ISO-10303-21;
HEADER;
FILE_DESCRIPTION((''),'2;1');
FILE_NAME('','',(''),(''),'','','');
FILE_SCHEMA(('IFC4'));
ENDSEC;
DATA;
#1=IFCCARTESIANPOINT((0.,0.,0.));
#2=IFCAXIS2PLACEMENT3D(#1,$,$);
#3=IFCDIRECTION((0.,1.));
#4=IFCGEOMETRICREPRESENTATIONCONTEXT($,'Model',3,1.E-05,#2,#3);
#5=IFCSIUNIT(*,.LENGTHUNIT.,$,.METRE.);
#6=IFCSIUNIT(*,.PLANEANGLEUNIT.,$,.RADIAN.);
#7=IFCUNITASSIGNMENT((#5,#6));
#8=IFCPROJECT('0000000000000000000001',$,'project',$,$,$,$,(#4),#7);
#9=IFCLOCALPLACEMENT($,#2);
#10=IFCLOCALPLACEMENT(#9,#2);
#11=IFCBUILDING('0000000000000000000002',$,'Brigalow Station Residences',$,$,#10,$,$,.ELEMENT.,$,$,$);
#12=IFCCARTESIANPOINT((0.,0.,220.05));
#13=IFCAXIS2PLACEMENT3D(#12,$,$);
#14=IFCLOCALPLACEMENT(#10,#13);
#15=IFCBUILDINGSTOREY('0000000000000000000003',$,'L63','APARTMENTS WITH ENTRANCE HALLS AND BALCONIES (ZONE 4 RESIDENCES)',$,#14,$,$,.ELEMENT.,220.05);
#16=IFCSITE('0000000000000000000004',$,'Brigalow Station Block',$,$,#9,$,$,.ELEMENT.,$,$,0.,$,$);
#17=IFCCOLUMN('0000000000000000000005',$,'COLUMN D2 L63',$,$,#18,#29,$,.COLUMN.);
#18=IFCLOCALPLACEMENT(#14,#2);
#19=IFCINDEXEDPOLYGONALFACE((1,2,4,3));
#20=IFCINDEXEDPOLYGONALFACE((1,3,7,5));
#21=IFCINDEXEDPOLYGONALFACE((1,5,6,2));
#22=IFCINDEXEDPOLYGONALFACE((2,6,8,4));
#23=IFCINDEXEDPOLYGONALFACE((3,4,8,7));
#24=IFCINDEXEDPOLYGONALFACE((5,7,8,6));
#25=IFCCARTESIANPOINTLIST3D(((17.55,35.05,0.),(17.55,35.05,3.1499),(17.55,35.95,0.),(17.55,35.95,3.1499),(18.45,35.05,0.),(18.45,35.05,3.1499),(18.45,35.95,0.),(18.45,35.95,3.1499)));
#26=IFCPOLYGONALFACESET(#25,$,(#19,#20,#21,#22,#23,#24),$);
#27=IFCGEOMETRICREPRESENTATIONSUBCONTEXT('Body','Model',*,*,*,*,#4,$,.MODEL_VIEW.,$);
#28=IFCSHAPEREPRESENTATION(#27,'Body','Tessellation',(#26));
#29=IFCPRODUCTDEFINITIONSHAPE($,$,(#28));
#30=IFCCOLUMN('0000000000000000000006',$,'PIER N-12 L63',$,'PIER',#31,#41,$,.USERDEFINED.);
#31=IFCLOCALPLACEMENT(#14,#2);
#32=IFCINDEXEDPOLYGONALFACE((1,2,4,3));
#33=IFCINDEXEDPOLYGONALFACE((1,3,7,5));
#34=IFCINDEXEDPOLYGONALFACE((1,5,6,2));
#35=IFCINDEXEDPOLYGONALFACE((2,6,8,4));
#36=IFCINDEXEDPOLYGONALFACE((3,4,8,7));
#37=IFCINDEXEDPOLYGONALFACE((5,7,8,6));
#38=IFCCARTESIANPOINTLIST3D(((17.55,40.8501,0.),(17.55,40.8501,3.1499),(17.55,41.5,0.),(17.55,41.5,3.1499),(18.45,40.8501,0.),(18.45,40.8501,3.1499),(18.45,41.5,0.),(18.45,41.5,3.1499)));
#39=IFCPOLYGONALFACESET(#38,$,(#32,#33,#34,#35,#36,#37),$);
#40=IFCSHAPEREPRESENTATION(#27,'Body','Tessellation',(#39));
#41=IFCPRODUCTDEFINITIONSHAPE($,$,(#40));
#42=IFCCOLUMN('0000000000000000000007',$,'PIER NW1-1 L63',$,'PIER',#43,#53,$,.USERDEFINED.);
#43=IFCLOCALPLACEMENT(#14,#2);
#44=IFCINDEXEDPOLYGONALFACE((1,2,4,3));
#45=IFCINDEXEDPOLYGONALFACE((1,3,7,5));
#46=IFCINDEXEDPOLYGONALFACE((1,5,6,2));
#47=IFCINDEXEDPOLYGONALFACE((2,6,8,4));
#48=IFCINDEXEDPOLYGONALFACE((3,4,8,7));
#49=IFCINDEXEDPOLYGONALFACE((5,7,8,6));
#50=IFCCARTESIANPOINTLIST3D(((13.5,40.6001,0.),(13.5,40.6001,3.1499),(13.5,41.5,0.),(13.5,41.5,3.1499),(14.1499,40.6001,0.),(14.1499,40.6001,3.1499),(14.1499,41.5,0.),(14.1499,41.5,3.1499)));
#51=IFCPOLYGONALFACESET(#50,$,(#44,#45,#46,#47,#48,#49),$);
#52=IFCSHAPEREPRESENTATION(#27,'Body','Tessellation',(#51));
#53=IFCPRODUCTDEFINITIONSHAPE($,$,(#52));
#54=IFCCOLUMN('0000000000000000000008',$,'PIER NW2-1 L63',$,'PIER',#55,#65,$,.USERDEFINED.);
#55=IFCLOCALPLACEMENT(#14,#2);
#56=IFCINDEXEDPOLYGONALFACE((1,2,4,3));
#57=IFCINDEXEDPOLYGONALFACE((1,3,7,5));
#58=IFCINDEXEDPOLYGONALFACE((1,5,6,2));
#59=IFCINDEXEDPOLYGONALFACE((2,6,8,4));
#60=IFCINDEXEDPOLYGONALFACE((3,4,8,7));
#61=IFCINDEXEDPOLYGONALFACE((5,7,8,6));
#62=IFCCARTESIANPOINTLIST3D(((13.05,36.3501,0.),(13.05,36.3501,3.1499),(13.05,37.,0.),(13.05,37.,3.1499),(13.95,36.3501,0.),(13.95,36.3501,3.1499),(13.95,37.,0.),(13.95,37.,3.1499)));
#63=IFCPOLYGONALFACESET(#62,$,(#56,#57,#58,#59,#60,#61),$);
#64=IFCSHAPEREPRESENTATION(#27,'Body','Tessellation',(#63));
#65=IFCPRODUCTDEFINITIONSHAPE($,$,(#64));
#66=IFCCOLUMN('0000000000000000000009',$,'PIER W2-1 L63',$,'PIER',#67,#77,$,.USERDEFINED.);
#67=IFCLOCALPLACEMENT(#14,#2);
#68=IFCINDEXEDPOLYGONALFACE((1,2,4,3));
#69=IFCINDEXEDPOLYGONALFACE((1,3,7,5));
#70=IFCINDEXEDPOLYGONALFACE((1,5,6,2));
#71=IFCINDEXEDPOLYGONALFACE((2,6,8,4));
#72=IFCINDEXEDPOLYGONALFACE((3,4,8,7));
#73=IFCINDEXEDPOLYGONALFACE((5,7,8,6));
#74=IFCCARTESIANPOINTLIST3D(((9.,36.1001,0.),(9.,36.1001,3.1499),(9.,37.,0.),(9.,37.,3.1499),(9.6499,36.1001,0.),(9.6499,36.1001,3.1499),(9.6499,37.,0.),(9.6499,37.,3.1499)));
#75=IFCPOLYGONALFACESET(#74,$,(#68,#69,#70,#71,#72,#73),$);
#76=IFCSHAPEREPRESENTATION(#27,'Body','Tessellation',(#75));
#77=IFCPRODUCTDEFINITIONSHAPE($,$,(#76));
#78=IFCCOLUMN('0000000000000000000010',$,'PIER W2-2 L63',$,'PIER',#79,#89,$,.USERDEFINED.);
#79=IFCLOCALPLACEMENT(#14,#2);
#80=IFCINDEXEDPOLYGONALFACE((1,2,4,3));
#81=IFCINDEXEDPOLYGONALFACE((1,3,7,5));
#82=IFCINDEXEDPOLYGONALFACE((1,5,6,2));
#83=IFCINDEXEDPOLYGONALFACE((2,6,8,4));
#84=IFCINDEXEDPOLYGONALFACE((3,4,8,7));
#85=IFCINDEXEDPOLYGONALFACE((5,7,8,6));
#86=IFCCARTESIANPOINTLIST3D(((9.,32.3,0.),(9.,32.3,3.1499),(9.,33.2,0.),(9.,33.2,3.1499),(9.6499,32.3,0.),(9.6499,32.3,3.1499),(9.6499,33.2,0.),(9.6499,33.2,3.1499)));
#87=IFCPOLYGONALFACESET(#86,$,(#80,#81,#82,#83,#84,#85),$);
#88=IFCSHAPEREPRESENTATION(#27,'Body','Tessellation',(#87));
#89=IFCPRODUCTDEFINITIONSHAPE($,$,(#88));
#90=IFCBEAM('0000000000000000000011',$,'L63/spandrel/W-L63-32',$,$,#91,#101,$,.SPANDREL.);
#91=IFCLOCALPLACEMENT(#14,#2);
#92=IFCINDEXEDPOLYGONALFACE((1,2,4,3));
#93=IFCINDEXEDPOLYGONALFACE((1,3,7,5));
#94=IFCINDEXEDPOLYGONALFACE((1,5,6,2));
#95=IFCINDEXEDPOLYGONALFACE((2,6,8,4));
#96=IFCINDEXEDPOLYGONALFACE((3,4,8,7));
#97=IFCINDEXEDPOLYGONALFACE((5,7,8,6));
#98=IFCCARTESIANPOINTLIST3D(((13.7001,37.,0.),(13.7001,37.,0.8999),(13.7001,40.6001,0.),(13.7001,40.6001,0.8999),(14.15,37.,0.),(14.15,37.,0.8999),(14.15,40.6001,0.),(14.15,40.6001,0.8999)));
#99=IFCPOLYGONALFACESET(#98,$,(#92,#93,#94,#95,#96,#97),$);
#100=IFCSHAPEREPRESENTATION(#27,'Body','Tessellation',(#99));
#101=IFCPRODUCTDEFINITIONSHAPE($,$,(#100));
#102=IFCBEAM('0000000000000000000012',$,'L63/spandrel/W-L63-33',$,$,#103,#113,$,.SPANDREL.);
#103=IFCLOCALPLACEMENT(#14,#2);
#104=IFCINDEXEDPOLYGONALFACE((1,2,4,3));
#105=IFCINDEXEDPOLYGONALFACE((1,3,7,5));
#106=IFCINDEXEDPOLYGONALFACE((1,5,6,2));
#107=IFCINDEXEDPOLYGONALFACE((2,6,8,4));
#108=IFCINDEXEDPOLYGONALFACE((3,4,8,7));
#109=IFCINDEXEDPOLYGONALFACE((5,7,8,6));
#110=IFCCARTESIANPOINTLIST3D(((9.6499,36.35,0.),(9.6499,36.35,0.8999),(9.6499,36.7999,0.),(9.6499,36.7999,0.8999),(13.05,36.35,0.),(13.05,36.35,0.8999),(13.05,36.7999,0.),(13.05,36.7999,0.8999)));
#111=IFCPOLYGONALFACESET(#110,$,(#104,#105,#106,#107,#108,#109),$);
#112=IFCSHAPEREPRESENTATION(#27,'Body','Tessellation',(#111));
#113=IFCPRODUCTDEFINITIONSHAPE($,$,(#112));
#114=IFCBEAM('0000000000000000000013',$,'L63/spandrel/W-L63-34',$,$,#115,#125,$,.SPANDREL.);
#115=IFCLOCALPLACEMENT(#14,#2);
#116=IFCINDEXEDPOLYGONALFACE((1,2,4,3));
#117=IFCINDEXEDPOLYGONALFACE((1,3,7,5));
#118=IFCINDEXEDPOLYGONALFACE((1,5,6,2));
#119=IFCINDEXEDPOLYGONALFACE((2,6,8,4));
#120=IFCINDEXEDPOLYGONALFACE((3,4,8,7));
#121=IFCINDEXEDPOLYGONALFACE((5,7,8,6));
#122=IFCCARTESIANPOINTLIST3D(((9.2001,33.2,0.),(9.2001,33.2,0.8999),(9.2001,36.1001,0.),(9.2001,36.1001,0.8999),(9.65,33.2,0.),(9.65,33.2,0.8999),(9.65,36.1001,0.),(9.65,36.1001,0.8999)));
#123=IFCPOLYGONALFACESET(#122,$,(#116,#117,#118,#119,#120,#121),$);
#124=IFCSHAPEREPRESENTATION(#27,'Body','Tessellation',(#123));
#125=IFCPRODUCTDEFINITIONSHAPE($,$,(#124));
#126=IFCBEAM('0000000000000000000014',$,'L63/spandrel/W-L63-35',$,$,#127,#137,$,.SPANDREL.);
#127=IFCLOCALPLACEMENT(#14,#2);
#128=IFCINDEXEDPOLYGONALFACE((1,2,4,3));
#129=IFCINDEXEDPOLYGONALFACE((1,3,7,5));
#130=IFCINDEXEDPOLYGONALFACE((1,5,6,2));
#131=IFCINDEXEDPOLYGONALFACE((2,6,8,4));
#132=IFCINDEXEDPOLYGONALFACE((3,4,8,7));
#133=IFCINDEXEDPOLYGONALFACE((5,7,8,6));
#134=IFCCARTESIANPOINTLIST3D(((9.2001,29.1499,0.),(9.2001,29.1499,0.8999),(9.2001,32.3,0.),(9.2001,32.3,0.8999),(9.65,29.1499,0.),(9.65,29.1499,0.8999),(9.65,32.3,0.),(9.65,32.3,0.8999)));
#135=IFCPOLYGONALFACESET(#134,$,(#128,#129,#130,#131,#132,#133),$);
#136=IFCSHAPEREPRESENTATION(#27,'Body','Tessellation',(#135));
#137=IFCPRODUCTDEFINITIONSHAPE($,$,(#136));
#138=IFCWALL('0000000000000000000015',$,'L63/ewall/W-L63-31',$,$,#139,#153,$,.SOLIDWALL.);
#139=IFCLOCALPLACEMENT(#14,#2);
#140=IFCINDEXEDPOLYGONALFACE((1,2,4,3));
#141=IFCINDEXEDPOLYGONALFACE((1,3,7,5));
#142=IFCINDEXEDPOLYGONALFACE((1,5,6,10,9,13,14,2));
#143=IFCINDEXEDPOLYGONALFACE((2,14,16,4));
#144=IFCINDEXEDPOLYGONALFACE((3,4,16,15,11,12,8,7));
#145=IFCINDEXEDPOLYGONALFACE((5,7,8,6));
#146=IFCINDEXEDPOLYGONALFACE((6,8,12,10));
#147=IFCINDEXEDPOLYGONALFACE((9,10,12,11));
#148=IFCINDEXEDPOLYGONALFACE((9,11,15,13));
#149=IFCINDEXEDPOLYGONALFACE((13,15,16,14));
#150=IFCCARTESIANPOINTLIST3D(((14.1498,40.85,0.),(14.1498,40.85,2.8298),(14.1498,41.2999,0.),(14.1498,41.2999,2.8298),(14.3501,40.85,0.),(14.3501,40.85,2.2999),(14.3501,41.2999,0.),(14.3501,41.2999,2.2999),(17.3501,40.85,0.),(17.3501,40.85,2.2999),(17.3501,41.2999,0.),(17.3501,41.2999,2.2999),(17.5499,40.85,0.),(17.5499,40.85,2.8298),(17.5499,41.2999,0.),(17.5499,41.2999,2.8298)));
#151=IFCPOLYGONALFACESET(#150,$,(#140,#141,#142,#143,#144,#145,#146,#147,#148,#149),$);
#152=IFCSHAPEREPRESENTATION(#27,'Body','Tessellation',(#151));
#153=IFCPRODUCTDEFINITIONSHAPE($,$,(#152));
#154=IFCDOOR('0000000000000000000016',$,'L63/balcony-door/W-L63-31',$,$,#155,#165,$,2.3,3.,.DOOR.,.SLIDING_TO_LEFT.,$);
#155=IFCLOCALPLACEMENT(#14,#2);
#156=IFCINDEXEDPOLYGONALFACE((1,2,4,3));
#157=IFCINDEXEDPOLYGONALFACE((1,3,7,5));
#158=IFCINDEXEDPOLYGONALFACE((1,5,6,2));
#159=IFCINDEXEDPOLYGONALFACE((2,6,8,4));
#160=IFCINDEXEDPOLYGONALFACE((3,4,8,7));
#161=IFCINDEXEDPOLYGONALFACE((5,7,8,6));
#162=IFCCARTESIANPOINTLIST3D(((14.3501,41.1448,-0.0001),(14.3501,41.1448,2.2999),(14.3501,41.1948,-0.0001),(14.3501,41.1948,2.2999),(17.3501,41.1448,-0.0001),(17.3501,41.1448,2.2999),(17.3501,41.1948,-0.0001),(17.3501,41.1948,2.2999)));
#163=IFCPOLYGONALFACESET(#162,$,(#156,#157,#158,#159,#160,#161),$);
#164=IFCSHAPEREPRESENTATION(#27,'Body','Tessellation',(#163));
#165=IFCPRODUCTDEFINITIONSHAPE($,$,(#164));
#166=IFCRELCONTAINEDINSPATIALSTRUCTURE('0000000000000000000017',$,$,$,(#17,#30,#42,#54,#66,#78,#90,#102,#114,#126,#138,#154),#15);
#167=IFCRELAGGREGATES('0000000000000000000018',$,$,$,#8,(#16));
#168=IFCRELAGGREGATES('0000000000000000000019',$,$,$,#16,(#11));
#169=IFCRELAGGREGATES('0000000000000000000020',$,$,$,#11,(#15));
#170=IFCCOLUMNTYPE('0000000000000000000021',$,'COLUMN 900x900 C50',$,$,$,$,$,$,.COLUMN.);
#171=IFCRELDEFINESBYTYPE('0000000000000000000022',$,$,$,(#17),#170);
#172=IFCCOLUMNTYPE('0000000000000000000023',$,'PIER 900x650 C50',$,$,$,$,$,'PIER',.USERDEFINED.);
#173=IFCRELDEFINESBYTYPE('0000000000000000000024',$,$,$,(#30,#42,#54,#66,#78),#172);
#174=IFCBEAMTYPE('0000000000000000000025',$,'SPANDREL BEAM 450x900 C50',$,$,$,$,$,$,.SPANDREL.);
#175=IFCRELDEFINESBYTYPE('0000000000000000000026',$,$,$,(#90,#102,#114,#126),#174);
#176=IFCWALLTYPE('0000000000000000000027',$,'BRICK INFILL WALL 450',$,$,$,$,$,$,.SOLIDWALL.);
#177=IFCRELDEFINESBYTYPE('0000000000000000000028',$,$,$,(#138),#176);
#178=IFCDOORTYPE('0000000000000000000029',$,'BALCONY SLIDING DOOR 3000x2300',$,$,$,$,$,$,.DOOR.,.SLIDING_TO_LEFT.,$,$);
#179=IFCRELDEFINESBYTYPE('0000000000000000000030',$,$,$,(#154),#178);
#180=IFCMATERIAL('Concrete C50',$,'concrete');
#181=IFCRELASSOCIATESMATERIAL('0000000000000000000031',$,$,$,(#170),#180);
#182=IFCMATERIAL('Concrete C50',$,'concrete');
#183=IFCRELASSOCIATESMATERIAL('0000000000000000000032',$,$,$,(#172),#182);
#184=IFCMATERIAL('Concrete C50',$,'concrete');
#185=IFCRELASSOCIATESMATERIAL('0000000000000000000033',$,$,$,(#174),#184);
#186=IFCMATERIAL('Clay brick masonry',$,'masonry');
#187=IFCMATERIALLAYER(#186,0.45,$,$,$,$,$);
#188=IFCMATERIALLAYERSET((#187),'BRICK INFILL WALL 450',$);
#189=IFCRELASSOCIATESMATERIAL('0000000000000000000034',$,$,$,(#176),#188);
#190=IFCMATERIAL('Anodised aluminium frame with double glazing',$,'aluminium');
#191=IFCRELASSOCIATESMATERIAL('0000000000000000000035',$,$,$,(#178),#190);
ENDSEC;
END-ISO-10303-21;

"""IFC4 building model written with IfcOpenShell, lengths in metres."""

from ifc_helpers import new_model, si_unit, direction, frame, frame_2d, origin, origin_2d, place, context, subcontext, project, spatial, rectangle, extrude, material, layer, layer_set, material_profile, profile_set, type_object, element, fill, save


model = new_model("IFC4")

# Units and contexts
model_context = context("Model", 3, precision=1e-05, world=origin(), true_north=direction((0.0, 1.0)))
body_context = subcontext(model_context, "Body", "Model", "MODEL_VIEW")
ifc_project = project(units=[si_unit("LENGTHUNIT", "METRE"), si_unit("PLANEANGLEUNIT", "RADIAN")], contexts=[model_context])

# Site, building, storey
site_placement = place(None, origin())
site = spatial("IfcSite", under=ifc_project, at=site_placement, Name="Brigalow Station Block", CompositionType="ELEMENT", RefElevation=0.0)
building_placement = place(site_placement, origin())
building = spatial("IfcBuilding", under=site, at=building_placement, Name="Brigalow Station Residences", CompositionType="ELEMENT")
storey_placement = place(building_placement, frame((0.0, 0.0, 220.05)))
storey = spatial("IfcBuildingStorey", under=building, at=storey_placement, Name="L63", Description="APARTMENTS WITH ENTRANCE HALLS AND BALCONIES (ZONE 4 RESIDENCES)", CompositionType="ELEMENT", Elevation=220.05)

# Columns
ifc_material_1 = material(Name="Concrete C50", Category="concrete")
ifc_material_profile_1 = material_profile(ifc_material_1, rectangle(XDim=0.8999, YDim=0.8999, at=origin_2d()), Name="RC900x900")
ifc_profile_set_1 = profile_set([ifc_material_profile_1], Name="Concrete C50")
column_type_1 = type_object("IfcColumnType", Name="COLUMN 900x900 C50", PredefinedType="COLUMN", material=ifc_profile_set_1)
column_placement = place(storey_placement, frame((18.0, 35.5, 0.0), z_axis=(0.0, 0.0, 1.0), x_axis=(1.0, 0.0, 0.0)))
element("IfcColumn", 1, at=column_placement, inside=storey, type_object=column_type_1, Name="COLUMN D2 L63", PredefinedType="COLUMN", context=body_context, shape_type="SweptSolid", body=[
    extrude(rectangle(XDim=0.8999, YDim=0.8999, at=origin_2d()), origin(), (0.0, 0.0, 1.0), 3.1499),
])
ifc_material_2 = material(Name="Concrete C50", Category="concrete")
ifc_material_profile_2 = material_profile(ifc_material_2, rectangle(XDim=0.8999, YDim=0.6499, at=origin_2d()), Name="RC900x650")
ifc_profile_set_2 = profile_set([ifc_material_profile_2], Name="Concrete C50")
column_type_2 = type_object("IfcColumnType", Name="PIER 900x650 C50", ElementType="PIER", PredefinedType="USERDEFINED", material=ifc_profile_set_2)
for number, where, z_axis, x_axis, name in (
    (2, (18.0, 41.175, 0.0), (0.0, 0.0, 1.0), (-1.0, 0.0, 0.0), "PIER N-12 L63"),
    (3, (13.825, 41.05, 0.0), (0.0, 0.0, 1.0), (0.0, -1.0, 0.0), "PIER NW1-1 L63"),
    (4, (13.5, 36.675, 0.0), (0.0, 0.0, 1.0), (-1.0, 0.0, 0.0), "PIER NW2-1 L63"),
    (5, (9.325, 36.55, 0.0), (0.0, 0.0, 1.0), (0.0, -1.0, 0.0), "PIER W2-1 L63"),
    (6, (9.325, 32.75, 0.0), (0.0, 0.0, 1.0), (0.0, -1.0, 0.0), "PIER W2-2 L63"),
):
    element("IfcColumn", number, at=place(storey_placement, frame(where, z_axis=z_axis, x_axis=x_axis)), inside=storey, type_object=column_type_2, Name=name, ObjectType="PIER", PredefinedType="USERDEFINED", context=body_context, shape_type="SweptSolid", body=[
        extrude(rectangle(XDim=0.8999, YDim=0.6499, at=origin_2d()), origin(), (0.0, 0.0, 1.0), 3.1499),
    ])

# Beams
ifc_material_3 = material(Name="Concrete C50", Category="concrete")
ifc_material_profile_3 = material_profile(ifc_material_3, rectangle(XDim=0.45, YDim=0.8999, at=origin_2d()), Name="RC450x900")
ifc_profile_set_3 = profile_set([ifc_material_profile_3], Name="Concrete C50")
beam_type = type_object("IfcBeamType", Name="SPANDREL BEAM 450x900 C50", PredefinedType="SPANDREL", material=ifc_profile_set_3)
beam_1_placement = place(storey_placement, frame((13.925, 40.6001, 0.45), z_axis=(0.0, -1.0, 0.0), x_axis=(1.0, 0.0, 0.0)))
element("IfcBeam", 7, at=beam_1_placement, inside=storey, type_object=beam_type, Name="L63/spandrel/W-L63-32", PredefinedType="SPANDREL", context=body_context, shape_type="SweptSolid", body=[
    extrude(rectangle(XDim=0.45, YDim=0.8999, at=origin_2d()), origin(), (0.0, 0.0, 1.0), 3.6001),
])
beam_2_placement = place(storey_placement, frame((13.05, 36.575, 0.45), z_axis=(-1.0, 0.0, 0.0), x_axis=(0.0, -1.0, 0.0)))
element("IfcBeam", 8, at=beam_2_placement, inside=storey, type_object=beam_type, Name="L63/spandrel/W-L63-33", PredefinedType="SPANDREL", context=body_context, shape_type="SweptSolid", body=[
    extrude(rectangle(XDim=0.45, YDim=0.8999, at=origin_2d()), origin(), (0.0, 0.0, 1.0), 3.4001),
])
beam_3_placement = place(storey_placement, frame((9.425, 36.1001, 0.45), z_axis=(0.0, -1.0, 0.0), x_axis=(1.0, 0.0, 0.0)))
element("IfcBeam", 9, at=beam_3_placement, inside=storey, type_object=beam_type, Name="L63/spandrel/W-L63-34", PredefinedType="SPANDREL", context=body_context, shape_type="SweptSolid", body=[
    extrude(rectangle(XDim=0.45, YDim=0.8999, at=origin_2d()), origin(), (0.0, 0.0, 1.0), 2.9001),
])
beam_4_placement = place(storey_placement, frame((9.425, 32.3, 0.45), z_axis=(0.0, -1.0, 0.0), x_axis=(1.0, 0.0, 0.0)))
element("IfcBeam", 10, at=beam_4_placement, inside=storey, type_object=beam_type, Name="L63/spandrel/W-L63-35", PredefinedType="SPANDREL", context=body_context, shape_type="SweptSolid", body=[
    extrude(rectangle(XDim=0.45, YDim=0.8999, at=origin_2d()), origin(), (0.0, 0.0, 1.0), 3.1501),
])

# Wall, opening, door
ifc_material_4 = material(Name="Clay brick masonry", Category="masonry")
ifc_layer_1 = layer(ifc_material_4, 0.45)
ifc_layer_set_1 = layer_set([ifc_layer_1], Name="BRICK INFILL WALL 450")
wall_type_1 = type_object("IfcWallType", Name="BRICK INFILL WALL 450", PredefinedType="SOLIDWALL", material=ifc_layer_set_1)
wall_1_placement = place(storey_placement, frame((17.55, 41.075, 0.0), z_axis=(0.0, 0.0, 1.0), x_axis=(-1.0, 0.0, 0.0)))
wall_1 = element("IfcWall", 11, at=wall_1_placement, inside=storey, type_object=wall_type_1, Name="L63/ewall/W-L63-31", PredefinedType="SOLIDWALL", context=body_context, shape_type="SweptSolid", body=[
    extrude(rectangle(XDim=3.4001, YDim=0.45, at=frame_2d((1.7002, 0.0))), origin(), (0.0, 0.0, 1.0), 2.8298),
])
opening_1_placement = place(wall_1_placement, frame((0.2, 0.0, 0.0)))
opening_1 = element("IfcOpeningElement", 12, at=opening_1_placement, cuts=wall_1, PredefinedType="OPENING", context=body_context, shape_type="SweptSolid", body=[
    extrude(rectangle(XDim=3.0, YDim=2.3, at=frame_2d((1.5, 1.1499))), frame((0.0, 0.2349, 0.0), z_axis=(0.0, -1.0, 0.0), x_axis=(1.0, 0.0, 0.0)), (0.0, 0.0, 1.0), 0.47),
])
ifc_material_5 = material(Name="Anodised aluminium frame with double glazing", Category="aluminium")
door_type_1 = type_object("IfcDoorType", Name="BALCONY SLIDING DOOR 3000x2300", OperationType="SLIDING_TO_LEFT", PredefinedType="DOOR", material=ifc_material_5)
door_1_placement = place(opening_1_placement, origin())
door_1 = element("IfcDoor", 13, at=door_1_placement, inside=storey, type_object=door_type_1, Name="L63/balcony-door/W-L63-31", OperationType="SLIDING_TO_LEFT", OverallHeight=2.3, OverallWidth=3.0, PredefinedType="DOOR", context=body_context, shape_type="SweptSolid", body=[
    extrude(rectangle(XDim=3.0, YDim=2.3, at=frame_2d((1.5, 1.1499))), frame((0.0, -0.0698, 0.0), z_axis=(0.0, -1.0, 0.0), x_axis=(1.0, 0.0, 0.0)), (0.0, 0.0, 1.0), 0.05),
])
fill(opening_1, door_1)

save(model, "model.ifc")
